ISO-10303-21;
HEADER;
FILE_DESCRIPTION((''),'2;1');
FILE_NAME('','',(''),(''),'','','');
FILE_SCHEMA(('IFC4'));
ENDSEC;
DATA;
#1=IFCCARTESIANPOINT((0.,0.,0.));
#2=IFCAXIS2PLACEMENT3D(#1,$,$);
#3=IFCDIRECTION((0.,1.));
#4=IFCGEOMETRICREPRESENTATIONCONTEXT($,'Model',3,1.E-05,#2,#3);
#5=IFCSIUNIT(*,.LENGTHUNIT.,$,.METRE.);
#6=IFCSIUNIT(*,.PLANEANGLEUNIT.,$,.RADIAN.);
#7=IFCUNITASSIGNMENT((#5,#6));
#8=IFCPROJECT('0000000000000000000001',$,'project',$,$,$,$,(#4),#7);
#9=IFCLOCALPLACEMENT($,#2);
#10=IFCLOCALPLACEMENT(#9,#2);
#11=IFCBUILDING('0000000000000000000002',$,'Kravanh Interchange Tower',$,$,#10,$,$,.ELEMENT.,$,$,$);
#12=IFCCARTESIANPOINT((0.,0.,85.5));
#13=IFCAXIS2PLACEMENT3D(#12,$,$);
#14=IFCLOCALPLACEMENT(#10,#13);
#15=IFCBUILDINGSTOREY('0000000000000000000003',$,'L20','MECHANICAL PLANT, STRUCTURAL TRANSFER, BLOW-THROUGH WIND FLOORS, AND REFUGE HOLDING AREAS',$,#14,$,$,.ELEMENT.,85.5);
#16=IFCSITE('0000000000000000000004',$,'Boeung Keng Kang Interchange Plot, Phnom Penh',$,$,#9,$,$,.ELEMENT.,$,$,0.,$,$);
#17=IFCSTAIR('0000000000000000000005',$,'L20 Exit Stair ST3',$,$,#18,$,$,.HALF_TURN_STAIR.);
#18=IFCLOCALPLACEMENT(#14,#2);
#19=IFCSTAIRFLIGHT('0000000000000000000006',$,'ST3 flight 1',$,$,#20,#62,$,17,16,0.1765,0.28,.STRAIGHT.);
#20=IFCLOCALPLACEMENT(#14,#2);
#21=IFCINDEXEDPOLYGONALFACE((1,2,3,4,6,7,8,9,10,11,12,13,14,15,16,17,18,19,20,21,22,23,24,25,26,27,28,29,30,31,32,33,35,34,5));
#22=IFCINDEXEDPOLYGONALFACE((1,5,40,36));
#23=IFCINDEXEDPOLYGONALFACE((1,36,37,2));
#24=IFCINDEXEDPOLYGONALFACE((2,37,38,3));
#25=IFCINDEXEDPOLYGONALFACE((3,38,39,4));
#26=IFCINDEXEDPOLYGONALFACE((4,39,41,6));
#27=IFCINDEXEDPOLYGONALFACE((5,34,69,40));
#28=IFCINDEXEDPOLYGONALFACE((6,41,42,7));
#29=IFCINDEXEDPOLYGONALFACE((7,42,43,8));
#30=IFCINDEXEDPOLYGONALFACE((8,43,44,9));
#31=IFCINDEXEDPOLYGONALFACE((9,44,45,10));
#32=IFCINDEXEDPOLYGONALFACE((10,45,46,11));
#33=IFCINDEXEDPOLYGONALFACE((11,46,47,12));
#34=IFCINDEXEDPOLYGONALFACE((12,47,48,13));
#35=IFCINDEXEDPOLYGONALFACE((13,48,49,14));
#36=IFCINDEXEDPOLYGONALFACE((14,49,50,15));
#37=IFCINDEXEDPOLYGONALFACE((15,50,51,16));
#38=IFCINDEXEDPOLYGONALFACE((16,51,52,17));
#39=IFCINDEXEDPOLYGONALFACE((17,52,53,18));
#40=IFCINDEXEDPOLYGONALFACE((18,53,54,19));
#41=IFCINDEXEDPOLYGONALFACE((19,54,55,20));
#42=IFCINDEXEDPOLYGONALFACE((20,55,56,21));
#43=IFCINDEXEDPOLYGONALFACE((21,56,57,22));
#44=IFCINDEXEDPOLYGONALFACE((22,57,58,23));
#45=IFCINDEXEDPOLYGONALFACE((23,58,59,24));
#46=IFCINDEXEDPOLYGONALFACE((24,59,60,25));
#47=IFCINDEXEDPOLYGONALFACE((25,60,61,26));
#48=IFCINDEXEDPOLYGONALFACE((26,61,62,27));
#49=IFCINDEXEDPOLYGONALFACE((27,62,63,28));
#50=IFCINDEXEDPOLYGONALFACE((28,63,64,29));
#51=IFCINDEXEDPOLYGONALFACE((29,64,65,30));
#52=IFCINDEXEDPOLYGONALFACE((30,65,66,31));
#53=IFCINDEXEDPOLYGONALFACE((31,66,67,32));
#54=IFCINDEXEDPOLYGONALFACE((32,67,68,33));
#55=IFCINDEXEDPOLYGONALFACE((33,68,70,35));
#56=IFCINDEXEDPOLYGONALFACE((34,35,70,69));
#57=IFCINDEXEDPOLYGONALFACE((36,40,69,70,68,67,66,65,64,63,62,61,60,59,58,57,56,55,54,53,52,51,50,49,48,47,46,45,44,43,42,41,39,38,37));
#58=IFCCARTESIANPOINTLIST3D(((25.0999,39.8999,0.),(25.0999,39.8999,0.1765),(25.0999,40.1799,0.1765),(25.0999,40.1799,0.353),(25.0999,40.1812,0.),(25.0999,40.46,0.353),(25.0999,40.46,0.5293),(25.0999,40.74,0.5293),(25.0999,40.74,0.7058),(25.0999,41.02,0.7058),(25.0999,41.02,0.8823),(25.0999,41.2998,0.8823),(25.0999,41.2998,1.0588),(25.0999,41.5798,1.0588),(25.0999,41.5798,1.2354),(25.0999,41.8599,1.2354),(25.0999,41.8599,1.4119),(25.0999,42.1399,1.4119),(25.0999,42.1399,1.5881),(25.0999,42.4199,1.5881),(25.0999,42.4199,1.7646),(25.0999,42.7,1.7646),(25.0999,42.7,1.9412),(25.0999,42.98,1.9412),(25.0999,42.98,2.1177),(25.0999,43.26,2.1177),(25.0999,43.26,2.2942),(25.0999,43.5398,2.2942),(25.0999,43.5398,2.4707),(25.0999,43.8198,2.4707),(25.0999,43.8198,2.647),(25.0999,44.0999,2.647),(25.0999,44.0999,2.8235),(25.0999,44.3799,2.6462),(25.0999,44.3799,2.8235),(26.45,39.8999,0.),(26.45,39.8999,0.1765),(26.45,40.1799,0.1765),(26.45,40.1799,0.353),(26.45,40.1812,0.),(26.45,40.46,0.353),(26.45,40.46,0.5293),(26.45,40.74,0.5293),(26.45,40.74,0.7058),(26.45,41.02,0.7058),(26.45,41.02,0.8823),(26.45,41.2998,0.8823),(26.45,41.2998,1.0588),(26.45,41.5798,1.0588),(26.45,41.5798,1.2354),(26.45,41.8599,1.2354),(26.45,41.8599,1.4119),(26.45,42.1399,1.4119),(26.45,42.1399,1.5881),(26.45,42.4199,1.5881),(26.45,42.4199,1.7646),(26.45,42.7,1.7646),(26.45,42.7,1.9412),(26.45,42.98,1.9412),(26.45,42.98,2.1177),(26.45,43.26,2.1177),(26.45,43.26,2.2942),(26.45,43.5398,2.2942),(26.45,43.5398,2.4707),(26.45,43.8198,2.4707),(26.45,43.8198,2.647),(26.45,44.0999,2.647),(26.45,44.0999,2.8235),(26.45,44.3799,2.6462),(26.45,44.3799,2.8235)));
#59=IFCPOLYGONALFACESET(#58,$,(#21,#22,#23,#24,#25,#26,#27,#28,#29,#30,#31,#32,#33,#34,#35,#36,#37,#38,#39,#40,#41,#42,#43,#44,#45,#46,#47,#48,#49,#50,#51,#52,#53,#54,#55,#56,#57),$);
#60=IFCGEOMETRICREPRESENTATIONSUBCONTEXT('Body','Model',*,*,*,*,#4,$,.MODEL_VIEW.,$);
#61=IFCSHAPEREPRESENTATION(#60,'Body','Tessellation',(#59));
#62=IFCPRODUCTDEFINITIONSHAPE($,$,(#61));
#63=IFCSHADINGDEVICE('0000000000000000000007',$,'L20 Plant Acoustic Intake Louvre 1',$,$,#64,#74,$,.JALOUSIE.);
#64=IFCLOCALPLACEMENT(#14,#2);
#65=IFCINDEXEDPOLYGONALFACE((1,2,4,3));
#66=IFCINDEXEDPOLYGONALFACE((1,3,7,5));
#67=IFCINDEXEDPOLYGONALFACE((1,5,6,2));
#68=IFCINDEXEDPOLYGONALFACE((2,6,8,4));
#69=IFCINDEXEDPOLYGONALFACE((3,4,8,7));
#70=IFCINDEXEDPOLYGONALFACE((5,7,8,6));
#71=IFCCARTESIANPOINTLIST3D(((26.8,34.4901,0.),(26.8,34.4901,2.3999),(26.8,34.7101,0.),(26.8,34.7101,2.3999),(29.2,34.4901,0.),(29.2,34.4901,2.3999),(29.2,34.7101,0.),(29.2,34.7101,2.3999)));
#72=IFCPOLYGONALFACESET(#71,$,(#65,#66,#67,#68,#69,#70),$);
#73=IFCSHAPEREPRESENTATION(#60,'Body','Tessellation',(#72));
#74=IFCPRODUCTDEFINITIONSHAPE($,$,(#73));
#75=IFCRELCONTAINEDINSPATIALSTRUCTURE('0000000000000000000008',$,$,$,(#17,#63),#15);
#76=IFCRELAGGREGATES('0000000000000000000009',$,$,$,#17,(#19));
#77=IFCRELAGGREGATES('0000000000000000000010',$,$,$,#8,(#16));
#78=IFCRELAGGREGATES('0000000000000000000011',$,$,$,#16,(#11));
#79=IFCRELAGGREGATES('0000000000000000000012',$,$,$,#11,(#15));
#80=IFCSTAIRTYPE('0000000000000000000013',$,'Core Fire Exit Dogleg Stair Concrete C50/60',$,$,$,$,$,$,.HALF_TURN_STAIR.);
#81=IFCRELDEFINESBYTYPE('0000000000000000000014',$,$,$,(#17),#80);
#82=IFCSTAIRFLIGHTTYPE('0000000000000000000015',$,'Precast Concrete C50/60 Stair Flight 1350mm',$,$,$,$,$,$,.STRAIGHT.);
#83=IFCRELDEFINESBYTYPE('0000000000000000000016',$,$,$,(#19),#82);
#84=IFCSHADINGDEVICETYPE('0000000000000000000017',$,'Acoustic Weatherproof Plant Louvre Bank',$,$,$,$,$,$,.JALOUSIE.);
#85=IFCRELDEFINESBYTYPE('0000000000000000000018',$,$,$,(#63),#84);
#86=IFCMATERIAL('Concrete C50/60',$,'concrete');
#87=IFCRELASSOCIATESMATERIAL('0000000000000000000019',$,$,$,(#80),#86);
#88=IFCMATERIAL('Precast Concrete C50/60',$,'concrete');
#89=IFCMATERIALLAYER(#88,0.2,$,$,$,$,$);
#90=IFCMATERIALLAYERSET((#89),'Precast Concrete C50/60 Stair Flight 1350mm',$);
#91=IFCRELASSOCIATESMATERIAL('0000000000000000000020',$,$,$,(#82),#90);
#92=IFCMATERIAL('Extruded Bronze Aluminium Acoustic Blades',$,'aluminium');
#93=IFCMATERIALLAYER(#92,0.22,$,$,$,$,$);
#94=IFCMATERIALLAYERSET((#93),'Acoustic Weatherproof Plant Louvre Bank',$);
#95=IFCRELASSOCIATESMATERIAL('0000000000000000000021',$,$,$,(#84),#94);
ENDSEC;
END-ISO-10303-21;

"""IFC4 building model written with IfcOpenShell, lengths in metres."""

from ifc_helpers import new_model, si_unit, direction, frame, origin, origin_2d, place, context, subcontext, project, spatial, polyline, rectangle, outline, extrude, material, layer, layer_set, type_object, element, aggregate, save


model = new_model("IFC4")

# Units and contexts
model_context = context("Model", 3, precision=1e-05, world=origin(), true_north=direction((0.0, 1.0)))
body_context = subcontext(model_context, "Body", "Model", "MODEL_VIEW")
ifc_project = project(units=[si_unit("LENGTHUNIT", "METRE"), si_unit("PLANEANGLEUNIT", "RADIAN")], contexts=[model_context])

# Site, building, storey
site_placement = place(None, origin())
site = spatial("IfcSite", under=ifc_project, at=site_placement, Name="Boeung Keng Kang Interchange Plot, Phnom Penh", CompositionType="ELEMENT", RefElevation=0.0)
building_placement = place(site_placement, origin())
building = spatial("IfcBuilding", under=site, at=building_placement, Name="Kravanh Interchange Tower", CompositionType="ELEMENT")
storey_placement = place(building_placement, frame((0.0, 0.0, 85.5)))
storey = spatial("IfcBuildingStorey", under=building, at=storey_placement, Name="L20", Description="MECHANICAL PLANT, STRUCTURAL TRANSFER, BLOW-THROUGH WIND FLOORS, AND REFUGE HOLDING AREAS", CompositionType="ELEMENT", Elevation=85.5)

# Stair, stair flight
ifc_material_1 = material(Name="Concrete C50/60", Category="concrete")
stair_type = type_object("IfcStairType", Name="Core Fire Exit Dogleg Stair Concrete C50/60", PredefinedType="HALF_TURN_STAIR", material=ifc_material_1)
stair_placement = place(storey_placement, origin())
stair = element("IfcStair", 1, at=stair_placement, inside=storey, type_object=stair_type, Name="L20 Exit Stair ST3", PredefinedType="HALF_TURN_STAIR")
ifc_material_2 = material(Name="Precast Concrete C50/60", Category="concrete")
ifc_layer_1 = layer(ifc_material_2, 0.2)
ifc_layer_set_1 = layer_set([ifc_layer_1], Name="Precast Concrete C50/60 Stair Flight 1350mm")
stair_flight_type = type_object("IfcStairFlightType", Name="Precast Concrete C50/60 Stair Flight 1350mm", PredefinedType="STRAIGHT", material=ifc_layer_set_1)
stair_flight_placement = place(storey_placement, frame((25.7749, 39.8999, 0.0), z_axis=(0.0, 0.0, 1.0), x_axis=(0.0, 1.0, 0.0)))
stair_flight = element("IfcStairFlight", 2, at=stair_flight_placement, type_object=stair_flight_type, Name="ST3 flight 1", NumberOfRisers=17, NumberOfTreads=16, PredefinedType="STRAIGHT", RiserHeight=0.1765, TreadLength=0.28, context=body_context, shape_type="SweptSolid", body=[
    extrude(outline(polyline([(0.0, 0.0), (0.0, 0.1765), (0.28, 0.1765), (0.28, 0.353), (0.5601, 0.353), (0.5601, 0.5293), (0.8401, 0.5293), (0.8401, 0.7058), (1.1201, 0.7058), (1.1201, 0.8823), (1.3999, 0.8823), (1.3999, 1.0588), (1.6799, 1.0588), (1.6799, 1.2354), (1.96, 1.2354), (1.96, 1.4119), (2.24, 1.4119), (2.24, 1.5881), (2.52, 1.5881), (2.52, 1.7646), (2.8, 1.7646), (2.8, 1.9412), (3.0801, 1.9412), (3.0801, 2.1177), (3.3601, 2.1177), (3.3601, 2.2942), (3.6399, 2.2942), (3.6399, 2.4707), (3.9199, 2.4707), (3.9199, 2.647), (4.2, 2.647), (4.2, 2.8235), (4.48, 2.8235), (4.48, 3.0), (4.48, 2.6462), (0.2812, 0.0), (0.0, 0.0)])), frame((0.0, 0.675, 0.0), z_axis=(0.0, -1.0, 0.0), x_axis=(1.0, 0.0, 0.0)), (0.0, 0.0, 1.0), 1.3501),
])
aggregate(stair, [stair_flight])

# Shading device
ifc_material_3 = material(Name="Extruded Bronze Aluminium Acoustic Blades", Category="aluminium")
ifc_layer_2 = layer(ifc_material_3, 0.22)
ifc_layer_set_2 = layer_set([ifc_layer_2], Name="Acoustic Weatherproof Plant Louvre Bank")
shading_device_type = type_object("IfcShadingDeviceType", Name="Acoustic Weatherproof Plant Louvre Bank", PredefinedType="JALOUSIE", material=ifc_layer_set_2)
shading_device_placement = place(storey_placement, frame((28.0, 34.6001, 0.0), z_axis=(0.0, 0.0, 1.0), x_axis=(1.0, 0.0, 0.0)))
element("IfcShadingDevice", 3, at=shading_device_placement, inside=storey, type_object=shading_device_type, Name="L20 Plant Acoustic Intake Louvre 1", PredefinedType="JALOUSIE", context=body_context, shape_type="SweptSolid", body=[
    extrude(rectangle(XDim=2.3999, YDim=0.22, at=origin_2d()), origin(), (0.0, 0.0, 1.0), 2.3999),
])

save(model, "model.ifc")
